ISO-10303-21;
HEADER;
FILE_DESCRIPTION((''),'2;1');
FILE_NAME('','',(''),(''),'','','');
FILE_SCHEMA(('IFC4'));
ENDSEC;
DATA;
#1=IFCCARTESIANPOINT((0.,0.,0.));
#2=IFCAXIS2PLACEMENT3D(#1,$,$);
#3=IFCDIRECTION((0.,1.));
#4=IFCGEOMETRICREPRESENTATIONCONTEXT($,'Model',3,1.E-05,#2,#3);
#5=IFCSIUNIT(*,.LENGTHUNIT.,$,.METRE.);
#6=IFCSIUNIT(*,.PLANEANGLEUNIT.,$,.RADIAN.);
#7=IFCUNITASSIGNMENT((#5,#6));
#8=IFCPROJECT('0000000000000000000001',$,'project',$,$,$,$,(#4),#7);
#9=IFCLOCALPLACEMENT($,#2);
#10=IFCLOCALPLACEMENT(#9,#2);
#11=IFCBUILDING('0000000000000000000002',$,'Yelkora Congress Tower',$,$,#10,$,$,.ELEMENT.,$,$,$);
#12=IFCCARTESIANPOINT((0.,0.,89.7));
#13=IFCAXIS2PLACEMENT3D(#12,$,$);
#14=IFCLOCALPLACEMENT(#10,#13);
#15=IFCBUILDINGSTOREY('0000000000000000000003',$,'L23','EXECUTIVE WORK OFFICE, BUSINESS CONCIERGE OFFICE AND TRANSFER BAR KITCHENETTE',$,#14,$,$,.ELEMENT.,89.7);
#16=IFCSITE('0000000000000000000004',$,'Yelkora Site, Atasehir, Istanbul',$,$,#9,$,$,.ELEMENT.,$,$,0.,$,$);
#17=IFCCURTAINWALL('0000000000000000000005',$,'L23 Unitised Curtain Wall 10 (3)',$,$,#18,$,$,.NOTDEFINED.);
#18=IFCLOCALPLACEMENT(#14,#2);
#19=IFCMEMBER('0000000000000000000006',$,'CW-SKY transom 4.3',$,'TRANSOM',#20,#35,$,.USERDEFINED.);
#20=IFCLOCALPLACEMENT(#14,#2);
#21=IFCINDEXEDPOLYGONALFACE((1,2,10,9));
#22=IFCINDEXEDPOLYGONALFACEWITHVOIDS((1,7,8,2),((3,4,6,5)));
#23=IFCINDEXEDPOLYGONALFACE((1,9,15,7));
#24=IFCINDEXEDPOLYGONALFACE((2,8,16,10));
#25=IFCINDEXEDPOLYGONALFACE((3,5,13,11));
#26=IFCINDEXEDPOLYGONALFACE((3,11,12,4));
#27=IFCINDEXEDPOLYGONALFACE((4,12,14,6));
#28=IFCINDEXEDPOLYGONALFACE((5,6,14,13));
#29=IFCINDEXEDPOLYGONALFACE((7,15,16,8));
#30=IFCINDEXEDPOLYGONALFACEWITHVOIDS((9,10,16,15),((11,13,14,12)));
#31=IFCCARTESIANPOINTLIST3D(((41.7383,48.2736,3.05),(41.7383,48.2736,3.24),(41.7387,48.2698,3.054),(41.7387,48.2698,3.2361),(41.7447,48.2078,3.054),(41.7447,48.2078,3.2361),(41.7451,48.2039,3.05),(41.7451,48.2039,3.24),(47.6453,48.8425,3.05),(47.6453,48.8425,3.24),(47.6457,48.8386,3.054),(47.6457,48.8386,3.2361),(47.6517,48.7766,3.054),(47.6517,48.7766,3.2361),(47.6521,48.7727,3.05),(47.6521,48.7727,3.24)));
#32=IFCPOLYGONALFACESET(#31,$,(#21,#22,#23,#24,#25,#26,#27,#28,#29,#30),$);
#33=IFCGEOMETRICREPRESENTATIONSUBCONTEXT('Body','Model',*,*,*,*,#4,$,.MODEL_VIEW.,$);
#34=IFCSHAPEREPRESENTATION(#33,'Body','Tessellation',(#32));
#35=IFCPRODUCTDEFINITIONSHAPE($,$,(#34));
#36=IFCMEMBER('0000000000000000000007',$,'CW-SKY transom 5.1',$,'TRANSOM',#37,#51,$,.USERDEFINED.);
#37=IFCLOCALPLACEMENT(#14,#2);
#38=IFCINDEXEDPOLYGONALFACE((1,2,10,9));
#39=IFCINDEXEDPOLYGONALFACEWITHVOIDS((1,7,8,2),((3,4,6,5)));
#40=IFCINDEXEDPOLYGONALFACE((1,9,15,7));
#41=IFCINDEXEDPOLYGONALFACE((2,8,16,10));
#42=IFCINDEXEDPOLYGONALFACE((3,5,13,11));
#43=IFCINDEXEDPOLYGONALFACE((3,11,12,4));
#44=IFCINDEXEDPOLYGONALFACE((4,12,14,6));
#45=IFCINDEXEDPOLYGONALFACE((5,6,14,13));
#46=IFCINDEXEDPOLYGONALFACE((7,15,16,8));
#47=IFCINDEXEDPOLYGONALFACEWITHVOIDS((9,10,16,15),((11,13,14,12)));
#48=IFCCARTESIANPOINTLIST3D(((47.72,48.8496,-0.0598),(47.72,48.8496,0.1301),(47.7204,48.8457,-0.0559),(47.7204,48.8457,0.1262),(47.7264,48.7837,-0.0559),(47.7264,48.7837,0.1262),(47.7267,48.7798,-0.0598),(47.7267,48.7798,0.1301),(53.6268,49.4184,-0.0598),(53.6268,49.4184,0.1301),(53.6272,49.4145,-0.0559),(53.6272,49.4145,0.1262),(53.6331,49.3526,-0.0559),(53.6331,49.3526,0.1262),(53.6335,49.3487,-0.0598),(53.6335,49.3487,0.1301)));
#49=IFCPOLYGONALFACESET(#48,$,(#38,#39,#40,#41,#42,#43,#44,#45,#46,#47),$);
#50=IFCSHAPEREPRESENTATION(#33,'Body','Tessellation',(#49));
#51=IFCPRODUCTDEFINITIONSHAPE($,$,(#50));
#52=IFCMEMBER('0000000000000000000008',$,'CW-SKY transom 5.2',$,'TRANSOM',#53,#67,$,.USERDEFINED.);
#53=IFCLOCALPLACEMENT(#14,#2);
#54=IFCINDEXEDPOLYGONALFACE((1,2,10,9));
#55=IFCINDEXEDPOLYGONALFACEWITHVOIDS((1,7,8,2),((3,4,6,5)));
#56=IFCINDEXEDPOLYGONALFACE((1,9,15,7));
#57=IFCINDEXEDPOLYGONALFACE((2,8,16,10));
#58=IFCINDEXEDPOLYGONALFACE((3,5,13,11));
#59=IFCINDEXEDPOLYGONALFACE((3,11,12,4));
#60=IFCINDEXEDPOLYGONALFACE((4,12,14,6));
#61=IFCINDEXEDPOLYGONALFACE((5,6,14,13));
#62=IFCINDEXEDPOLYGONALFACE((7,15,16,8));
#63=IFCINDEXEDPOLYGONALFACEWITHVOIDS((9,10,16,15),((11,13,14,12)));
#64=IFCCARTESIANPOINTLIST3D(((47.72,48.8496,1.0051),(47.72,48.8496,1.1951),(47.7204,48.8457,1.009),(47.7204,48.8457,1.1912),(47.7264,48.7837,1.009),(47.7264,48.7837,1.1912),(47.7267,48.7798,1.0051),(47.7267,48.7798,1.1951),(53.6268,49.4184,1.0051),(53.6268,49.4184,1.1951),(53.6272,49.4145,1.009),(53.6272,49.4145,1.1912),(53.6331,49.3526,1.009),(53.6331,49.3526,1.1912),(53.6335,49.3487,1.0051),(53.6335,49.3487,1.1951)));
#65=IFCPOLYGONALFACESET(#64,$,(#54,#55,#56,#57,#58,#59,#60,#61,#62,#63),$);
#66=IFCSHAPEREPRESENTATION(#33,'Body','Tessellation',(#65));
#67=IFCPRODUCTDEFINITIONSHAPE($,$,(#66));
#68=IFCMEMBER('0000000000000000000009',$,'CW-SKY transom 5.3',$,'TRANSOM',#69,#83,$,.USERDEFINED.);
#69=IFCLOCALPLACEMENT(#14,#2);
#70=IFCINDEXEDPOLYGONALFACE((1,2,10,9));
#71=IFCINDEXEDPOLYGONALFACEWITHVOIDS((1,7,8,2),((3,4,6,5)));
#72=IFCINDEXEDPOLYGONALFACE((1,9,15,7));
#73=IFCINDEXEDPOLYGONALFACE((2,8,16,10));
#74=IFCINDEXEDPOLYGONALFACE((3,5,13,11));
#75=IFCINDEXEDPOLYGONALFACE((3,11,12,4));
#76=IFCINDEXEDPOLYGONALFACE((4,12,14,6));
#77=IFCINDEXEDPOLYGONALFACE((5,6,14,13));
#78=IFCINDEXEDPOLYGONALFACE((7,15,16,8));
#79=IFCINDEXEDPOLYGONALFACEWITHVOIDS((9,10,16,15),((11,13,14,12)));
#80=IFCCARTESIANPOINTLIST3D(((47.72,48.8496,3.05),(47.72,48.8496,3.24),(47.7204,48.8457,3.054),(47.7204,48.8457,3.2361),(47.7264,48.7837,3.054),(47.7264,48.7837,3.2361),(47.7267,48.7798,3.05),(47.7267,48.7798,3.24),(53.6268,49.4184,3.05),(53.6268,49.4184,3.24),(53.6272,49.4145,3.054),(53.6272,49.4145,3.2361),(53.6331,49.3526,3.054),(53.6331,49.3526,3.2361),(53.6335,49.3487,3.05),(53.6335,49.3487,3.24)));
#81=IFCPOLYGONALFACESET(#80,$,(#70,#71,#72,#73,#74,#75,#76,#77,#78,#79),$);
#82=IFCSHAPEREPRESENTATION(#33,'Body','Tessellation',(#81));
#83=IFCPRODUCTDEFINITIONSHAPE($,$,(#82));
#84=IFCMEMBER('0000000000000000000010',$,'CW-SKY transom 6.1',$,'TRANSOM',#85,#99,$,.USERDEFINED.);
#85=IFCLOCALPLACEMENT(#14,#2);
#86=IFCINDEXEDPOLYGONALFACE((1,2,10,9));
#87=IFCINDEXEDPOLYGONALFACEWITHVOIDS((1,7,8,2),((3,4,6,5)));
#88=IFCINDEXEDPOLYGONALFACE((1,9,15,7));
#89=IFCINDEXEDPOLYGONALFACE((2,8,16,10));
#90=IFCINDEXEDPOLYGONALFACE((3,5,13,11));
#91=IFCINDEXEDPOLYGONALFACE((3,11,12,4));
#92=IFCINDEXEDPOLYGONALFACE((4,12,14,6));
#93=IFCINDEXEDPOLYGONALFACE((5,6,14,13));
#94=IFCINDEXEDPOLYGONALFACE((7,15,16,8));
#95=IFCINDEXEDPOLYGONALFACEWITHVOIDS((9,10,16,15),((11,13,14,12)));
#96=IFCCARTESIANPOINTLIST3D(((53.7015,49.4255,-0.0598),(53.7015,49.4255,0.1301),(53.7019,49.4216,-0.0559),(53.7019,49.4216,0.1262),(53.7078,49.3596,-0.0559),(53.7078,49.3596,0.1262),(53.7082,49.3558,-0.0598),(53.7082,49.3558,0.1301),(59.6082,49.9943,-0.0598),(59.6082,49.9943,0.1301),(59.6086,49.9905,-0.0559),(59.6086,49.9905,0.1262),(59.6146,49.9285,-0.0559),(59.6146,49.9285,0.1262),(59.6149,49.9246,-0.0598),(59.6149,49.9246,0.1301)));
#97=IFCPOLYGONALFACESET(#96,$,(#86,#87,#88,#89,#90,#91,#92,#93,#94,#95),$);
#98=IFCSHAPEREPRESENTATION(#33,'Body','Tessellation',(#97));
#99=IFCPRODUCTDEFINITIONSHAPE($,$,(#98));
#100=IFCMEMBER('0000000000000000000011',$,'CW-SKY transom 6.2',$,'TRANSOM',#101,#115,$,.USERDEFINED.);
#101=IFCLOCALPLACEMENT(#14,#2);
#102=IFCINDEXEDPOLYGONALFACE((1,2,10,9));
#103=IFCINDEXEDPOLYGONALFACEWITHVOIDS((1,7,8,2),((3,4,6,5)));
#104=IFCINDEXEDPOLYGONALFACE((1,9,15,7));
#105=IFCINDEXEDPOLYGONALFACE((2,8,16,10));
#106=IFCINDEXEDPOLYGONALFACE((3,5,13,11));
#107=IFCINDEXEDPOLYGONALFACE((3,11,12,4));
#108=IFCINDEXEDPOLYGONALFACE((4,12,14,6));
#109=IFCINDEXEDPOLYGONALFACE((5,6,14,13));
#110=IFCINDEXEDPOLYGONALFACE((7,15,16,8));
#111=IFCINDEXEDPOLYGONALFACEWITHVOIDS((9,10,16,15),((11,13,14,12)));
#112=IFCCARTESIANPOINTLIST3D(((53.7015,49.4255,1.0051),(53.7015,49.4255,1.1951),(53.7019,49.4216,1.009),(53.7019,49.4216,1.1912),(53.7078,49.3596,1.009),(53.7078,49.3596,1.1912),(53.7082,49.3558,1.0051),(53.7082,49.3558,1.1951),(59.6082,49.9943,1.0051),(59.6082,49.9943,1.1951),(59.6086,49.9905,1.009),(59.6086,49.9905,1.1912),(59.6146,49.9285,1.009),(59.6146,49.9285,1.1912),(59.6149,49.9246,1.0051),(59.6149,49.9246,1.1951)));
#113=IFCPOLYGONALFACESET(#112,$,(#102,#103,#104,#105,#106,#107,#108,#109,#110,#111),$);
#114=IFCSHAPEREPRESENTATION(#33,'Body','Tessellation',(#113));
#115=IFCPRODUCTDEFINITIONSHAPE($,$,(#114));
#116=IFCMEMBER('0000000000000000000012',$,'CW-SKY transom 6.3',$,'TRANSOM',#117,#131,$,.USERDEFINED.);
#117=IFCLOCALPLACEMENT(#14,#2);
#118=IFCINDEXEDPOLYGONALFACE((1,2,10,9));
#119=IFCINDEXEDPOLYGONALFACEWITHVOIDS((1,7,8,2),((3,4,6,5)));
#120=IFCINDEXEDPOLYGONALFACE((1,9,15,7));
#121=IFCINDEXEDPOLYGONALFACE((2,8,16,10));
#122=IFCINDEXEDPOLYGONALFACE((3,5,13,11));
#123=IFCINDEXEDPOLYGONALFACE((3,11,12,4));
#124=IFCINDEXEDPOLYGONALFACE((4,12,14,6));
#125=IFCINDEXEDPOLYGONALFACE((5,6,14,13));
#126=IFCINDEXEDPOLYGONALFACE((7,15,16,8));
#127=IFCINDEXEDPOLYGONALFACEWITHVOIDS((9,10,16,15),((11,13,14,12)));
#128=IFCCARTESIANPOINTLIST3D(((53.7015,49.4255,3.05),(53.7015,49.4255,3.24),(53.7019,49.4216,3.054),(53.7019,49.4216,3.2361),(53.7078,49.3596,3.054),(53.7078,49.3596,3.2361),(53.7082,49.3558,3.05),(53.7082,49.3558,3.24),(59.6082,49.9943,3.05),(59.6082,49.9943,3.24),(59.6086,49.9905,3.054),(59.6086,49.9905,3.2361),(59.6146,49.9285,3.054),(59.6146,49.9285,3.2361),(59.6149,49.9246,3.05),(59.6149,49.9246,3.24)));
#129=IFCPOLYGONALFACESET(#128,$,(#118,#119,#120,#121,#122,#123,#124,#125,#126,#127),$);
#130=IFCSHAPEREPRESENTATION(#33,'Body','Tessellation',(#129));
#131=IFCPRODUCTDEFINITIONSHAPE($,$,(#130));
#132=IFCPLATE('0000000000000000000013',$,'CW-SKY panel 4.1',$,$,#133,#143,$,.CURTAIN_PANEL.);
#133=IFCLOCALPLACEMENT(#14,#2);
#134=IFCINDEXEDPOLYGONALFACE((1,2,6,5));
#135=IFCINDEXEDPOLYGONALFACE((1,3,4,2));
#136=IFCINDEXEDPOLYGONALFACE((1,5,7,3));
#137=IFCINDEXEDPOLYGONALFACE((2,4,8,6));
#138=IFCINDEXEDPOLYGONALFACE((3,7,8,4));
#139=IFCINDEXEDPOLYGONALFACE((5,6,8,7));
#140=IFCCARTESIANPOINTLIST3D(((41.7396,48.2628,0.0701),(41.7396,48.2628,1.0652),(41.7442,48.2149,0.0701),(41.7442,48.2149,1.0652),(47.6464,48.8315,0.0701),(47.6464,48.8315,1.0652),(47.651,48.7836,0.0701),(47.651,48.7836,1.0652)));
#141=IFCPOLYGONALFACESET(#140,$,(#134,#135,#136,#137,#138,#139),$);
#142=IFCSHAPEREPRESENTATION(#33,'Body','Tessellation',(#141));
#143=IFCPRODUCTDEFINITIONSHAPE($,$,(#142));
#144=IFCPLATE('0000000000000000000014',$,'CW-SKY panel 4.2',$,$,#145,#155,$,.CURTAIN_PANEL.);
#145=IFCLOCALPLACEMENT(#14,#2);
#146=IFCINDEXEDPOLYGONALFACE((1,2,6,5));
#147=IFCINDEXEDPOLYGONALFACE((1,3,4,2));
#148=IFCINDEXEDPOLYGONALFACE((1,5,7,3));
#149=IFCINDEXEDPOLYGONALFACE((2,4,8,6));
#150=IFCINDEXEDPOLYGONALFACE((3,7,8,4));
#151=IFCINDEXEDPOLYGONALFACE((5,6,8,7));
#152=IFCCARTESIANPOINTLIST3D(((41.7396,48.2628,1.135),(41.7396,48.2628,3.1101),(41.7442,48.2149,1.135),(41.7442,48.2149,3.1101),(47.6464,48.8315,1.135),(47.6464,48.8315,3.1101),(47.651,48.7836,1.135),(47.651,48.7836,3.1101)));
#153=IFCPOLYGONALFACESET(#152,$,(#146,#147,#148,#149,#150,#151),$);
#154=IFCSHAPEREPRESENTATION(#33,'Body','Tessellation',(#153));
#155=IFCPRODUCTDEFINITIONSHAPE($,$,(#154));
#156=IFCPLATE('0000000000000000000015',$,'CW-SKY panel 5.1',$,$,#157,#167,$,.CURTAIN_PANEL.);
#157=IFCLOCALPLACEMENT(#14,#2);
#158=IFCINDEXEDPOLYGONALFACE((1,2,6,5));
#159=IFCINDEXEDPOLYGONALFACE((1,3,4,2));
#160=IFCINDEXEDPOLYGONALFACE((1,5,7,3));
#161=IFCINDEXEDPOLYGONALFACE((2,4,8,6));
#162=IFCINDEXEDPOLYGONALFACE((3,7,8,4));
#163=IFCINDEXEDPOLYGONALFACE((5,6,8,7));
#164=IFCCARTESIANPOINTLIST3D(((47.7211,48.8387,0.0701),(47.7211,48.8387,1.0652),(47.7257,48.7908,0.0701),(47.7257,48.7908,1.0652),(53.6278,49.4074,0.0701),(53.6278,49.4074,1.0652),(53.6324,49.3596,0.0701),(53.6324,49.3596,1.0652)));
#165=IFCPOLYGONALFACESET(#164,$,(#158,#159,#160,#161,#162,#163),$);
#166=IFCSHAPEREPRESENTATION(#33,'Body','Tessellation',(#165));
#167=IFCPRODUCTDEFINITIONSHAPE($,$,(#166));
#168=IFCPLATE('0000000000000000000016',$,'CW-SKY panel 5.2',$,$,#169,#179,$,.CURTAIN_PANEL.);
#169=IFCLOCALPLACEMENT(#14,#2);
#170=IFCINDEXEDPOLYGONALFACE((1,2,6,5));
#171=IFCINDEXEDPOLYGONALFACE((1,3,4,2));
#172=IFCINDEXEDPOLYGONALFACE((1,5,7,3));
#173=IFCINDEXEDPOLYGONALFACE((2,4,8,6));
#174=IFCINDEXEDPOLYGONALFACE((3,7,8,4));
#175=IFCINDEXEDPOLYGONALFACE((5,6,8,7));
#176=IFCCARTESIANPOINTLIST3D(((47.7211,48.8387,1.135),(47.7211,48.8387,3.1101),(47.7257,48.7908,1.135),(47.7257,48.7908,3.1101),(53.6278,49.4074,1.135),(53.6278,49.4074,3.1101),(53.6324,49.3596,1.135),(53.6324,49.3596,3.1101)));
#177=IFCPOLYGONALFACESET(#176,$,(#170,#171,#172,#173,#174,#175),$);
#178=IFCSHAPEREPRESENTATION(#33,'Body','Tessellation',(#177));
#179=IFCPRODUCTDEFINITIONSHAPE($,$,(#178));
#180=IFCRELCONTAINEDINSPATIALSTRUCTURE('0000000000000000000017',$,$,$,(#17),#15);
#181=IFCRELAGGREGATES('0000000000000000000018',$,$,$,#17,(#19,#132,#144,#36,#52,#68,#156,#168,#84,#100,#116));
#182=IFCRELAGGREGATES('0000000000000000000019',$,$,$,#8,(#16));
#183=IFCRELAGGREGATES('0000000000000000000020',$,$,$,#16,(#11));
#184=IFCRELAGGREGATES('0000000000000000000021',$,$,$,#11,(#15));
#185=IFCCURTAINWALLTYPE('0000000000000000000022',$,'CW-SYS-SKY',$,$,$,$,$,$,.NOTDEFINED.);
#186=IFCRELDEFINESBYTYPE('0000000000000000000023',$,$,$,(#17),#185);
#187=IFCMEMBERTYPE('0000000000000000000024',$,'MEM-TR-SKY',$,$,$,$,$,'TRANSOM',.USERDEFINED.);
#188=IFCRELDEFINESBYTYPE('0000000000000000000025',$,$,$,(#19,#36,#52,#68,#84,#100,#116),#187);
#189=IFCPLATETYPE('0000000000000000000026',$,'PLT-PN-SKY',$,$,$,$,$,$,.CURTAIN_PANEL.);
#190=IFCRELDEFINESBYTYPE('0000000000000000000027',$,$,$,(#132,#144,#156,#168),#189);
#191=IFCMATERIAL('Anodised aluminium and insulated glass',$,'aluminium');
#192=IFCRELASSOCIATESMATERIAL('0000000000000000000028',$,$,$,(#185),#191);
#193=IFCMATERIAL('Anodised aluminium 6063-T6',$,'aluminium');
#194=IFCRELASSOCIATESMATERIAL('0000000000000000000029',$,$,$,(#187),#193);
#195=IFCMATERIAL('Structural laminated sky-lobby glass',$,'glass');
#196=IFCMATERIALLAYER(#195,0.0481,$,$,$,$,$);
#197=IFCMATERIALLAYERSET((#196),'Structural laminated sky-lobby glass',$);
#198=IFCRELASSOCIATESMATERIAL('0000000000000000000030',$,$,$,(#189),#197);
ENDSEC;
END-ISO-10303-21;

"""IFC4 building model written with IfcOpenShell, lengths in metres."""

from ifc_helpers import new_model, si_unit, direction, frame, origin, origin_2d, place, context, subcontext, project, spatial, rectangle, hollow_rectangle, extrude, material, layer, layer_set, material_profile, profile_set, type_object, element, aggregate, save


model = new_model("IFC4")

# Units and contexts
model_context = context("Model", 3, precision=1e-05, world=origin(), true_north=direction((0.0, 1.0)))
body_context = subcontext(model_context, "Body", "Model", "MODEL_VIEW")
ifc_project = project(units=[si_unit("LENGTHUNIT", "METRE"), si_unit("PLANEANGLEUNIT", "RADIAN")], contexts=[model_context])

# Site, building, storey
site_placement = place(None, origin())
site = spatial("IfcSite", under=ifc_project, at=site_placement, Name="Yelkora Site, Atasehir, Istanbul", CompositionType="ELEMENT", RefElevation=0.0)
building_placement = place(site_placement, origin())
building = spatial("IfcBuilding", under=site, at=building_placement, Name="Yelkora Congress Tower", CompositionType="ELEMENT")
storey_placement = place(building_placement, frame((0.0, 0.0, 89.7)))
storey = spatial("IfcBuildingStorey", under=building, at=storey_placement, Name="L23", Description="EXECUTIVE WORK OFFICE, BUSINESS CONCIERGE OFFICE AND TRANSFER BAR KITCHENETTE", CompositionType="ELEMENT", Elevation=89.7)

# Curtain wall, members, plates
ifc_material_1 = material(Name="Anodised aluminium and insulated glass", Category="aluminium")
curtain_wall_type = type_object("IfcCurtainWallType", Name="CW-SYS-SKY", PredefinedType="NOTDEFINED", material=ifc_material_1)
curtain_wall_placement = place(storey_placement, origin())
curtain_wall = element("IfcCurtainWall", 1, at=curtain_wall_placement, inside=storey, type_object=curtain_wall_type, Name="L23 Unitised Curtain Wall 10 (3)", PredefinedType="NOTDEFINED")
ifc_material_2 = material(Name="Anodised aluminium 6063-T6", Category="aluminium")
ifc_material_profile_1 = material_profile(ifc_material_2, hollow_rectangle(XDim=0.0701, YDim=0.1899, WallThickness=0.0039, at=origin_2d()), Name="ALU 70x190x4")
ifc_profile_set_1 = profile_set([ifc_material_profile_1], Name="Anodised aluminium 6063-T6")
member_type_1 = type_object("IfcMemberType", Name="MEM-TR-SKY", ElementType="TRANSOM", PredefinedType="USERDEFINED", material=ifc_profile_set_1)
member_1_placement = place(storey_placement, frame((41.7417, 48.2388, 3.145), z_axis=(0.995395, 0.095857, 0.0), x_axis=(-0.095857, 0.995395, 0.0)))
member_1 = element("IfcMember", 2, at=member_1_placement, type_object=member_type_1, Name="CW-SKY transom 4.3", ObjectType="TRANSOM", PredefinedType="USERDEFINED", context=body_context, shape_type="SweptSolid", body=[
    extrude(hollow_rectangle(XDim=0.0701, YDim=0.1899, WallThickness=0.0039, at=origin_2d()), origin(), (0.0, 0.0, 1.0), 5.9343),
])
member_2_placement = place(storey_placement, frame((47.7234, 48.8147, 0.0352), z_axis=(0.995395, 0.095861, 0.0), x_axis=(-0.095861, 0.995395, 0.0)))
member_2 = element("IfcMember", 3, at=member_2_placement, type_object=member_type_1, Name="CW-SKY transom 5.1", ObjectType="TRANSOM", PredefinedType="USERDEFINED", context=body_context, shape_type="SweptSolid", body=[
    extrude(hollow_rectangle(XDim=0.0701, YDim=0.1899, WallThickness=0.0039, at=origin_2d()), origin(), (0.0, 0.0, 1.0), 5.9341),
])
member_3_placement = place(storey_placement, frame((47.7234, 48.8147, 1.1001), z_axis=(0.995395, 0.095861, 0.0), x_axis=(-0.095861, 0.995395, 0.0)))
member_3 = element("IfcMember", 4, at=member_3_placement, type_object=member_type_1, Name="CW-SKY transom 5.2", ObjectType="TRANSOM", PredefinedType="USERDEFINED", context=body_context, shape_type="SweptSolid", body=[
    extrude(hollow_rectangle(XDim=0.0701, YDim=0.1899, WallThickness=0.0039, at=origin_2d()), origin(), (0.0, 0.0, 1.0), 5.9341),
])
member_4_placement = place(storey_placement, frame((47.7234, 48.8147, 3.145), z_axis=(0.995395, 0.095861, 0.0), x_axis=(-0.095861, 0.995395, 0.0)))
member_4 = element("IfcMember", 5, at=member_4_placement, type_object=member_type_1, Name="CW-SKY transom 5.3", ObjectType="TRANSOM", PredefinedType="USERDEFINED", context=body_context, shape_type="SweptSolid", body=[
    extrude(hollow_rectangle(XDim=0.0701, YDim=0.1899, WallThickness=0.0039, at=origin_2d()), origin(), (0.0, 0.0, 1.0), 5.9341),
])
member_5_placement = place(storey_placement, frame((53.7048, 49.3906, 0.0352), z_axis=(0.995395, 0.095861, 0.0), x_axis=(-0.095861, 0.995395, 0.0)))
member_5 = element("IfcMember", 6, at=member_5_placement, type_object=member_type_1, Name="CW-SKY transom 6.1", ObjectType="TRANSOM", PredefinedType="USERDEFINED", context=body_context, shape_type="SweptSolid", body=[
    extrude(hollow_rectangle(XDim=0.0701, YDim=0.1899, WallThickness=0.0039, at=origin_2d()), origin(), (0.0, 0.0, 1.0), 5.9341),
])
member_6_placement = place(storey_placement, frame((53.7048, 49.3906, 1.1001), z_axis=(0.995395, 0.095861, 0.0), x_axis=(-0.095861, 0.995395, 0.0)))
member_6 = element("IfcMember", 7, at=member_6_placement, type_object=member_type_1, Name="CW-SKY transom 6.2", ObjectType="TRANSOM", PredefinedType="USERDEFINED", context=body_context, shape_type="SweptSolid", body=[
    extrude(hollow_rectangle(XDim=0.0701, YDim=0.1899, WallThickness=0.0039, at=origin_2d()), origin(), (0.0, 0.0, 1.0), 5.9341),
])
member_7_placement = place(storey_placement, frame((53.7048, 49.3906, 3.145), z_axis=(0.995395, 0.095861, 0.0), x_axis=(-0.095861, 0.995395, 0.0)))
member_7 = element("IfcMember", 8, at=member_7_placement, type_object=member_type_1, Name="CW-SKY transom 6.3", ObjectType="TRANSOM", PredefinedType="USERDEFINED", context=body_context, shape_type="SweptSolid", body=[
    extrude(hollow_rectangle(XDim=0.0701, YDim=0.1899, WallThickness=0.0039, at=origin_2d()), origin(), (0.0, 0.0, 1.0), 5.9341),
])
ifc_material_3 = material(Name="Structural laminated sky-lobby glass", Category="glass")
ifc_layer_1 = layer(ifc_material_3, 0.0481)
ifc_layer_set_1 = layer_set([ifc_layer_1], Name="Structural laminated sky-lobby glass")
plate_type = type_object("IfcPlateType", Name="PLT-PN-SKY", PredefinedType="CURTAIN_PANEL", material=ifc_layer_set_1)
plate_1_placement = place(storey_placement, frame((44.6953, 48.5232, 0.0701), z_axis=(0.0, 0.0, 1.0), x_axis=(0.995396, 0.095845, 0.0)))
plate_1 = element("IfcPlate", 9, at=plate_1_placement, type_object=plate_type, Name="CW-SKY panel 4.1", PredefinedType="CURTAIN_PANEL", context=body_context, shape_type="SweptSolid", body=[
    extrude(rectangle(XDim=5.9341, YDim=0.0481, at=origin_2d()), origin(), (0.0, 0.0, 1.0), 0.9951),
])
plate_2_placement = place(storey_placement, frame((44.6953, 48.5232, 1.135), z_axis=(0.0, 0.0, 1.0), x_axis=(0.995396, 0.095845, 0.0)))
plate_2 = element("IfcPlate", 10, at=plate_2_placement, type_object=plate_type, Name="CW-SKY panel 4.2", PredefinedType="CURTAIN_PANEL", context=body_context, shape_type="SweptSolid", body=[
    extrude(rectangle(XDim=5.9341, YDim=0.0481, at=origin_2d()), origin(), (0.0, 0.0, 1.0), 1.9751),
])
plate_3_placement = place(storey_placement, frame((50.6768, 49.0991, 0.0701), z_axis=(0.0, 0.0, 1.0), x_axis=(0.995396, 0.095845, 0.0)))
plate_3 = element("IfcPlate", 11, at=plate_3_placement, type_object=plate_type, Name="CW-SKY panel 5.1", PredefinedType="CURTAIN_PANEL", context=body_context, shape_type="SweptSolid", body=[
    extrude(rectangle(XDim=5.9341, YDim=0.0481, at=origin_2d()), origin(), (0.0, 0.0, 1.0), 0.9951),
])
plate_4_placement = place(storey_placement, frame((50.6768, 49.0991, 1.135), z_axis=(0.0, 0.0, 1.0), x_axis=(0.995396, 0.095845, 0.0)))
plate_4 = element("IfcPlate", 12, at=plate_4_placement, type_object=plate_type, Name="CW-SKY panel 5.2", PredefinedType="CURTAIN_PANEL", context=body_context, shape_type="SweptSolid", body=[
    extrude(rectangle(XDim=5.9341, YDim=0.0481, at=origin_2d()), origin(), (0.0, 0.0, 1.0), 1.9751),
])
aggregate(curtain_wall, [member_1, plate_1, plate_2, member_2, member_3, member_4, plate_3, plate_4, member_5, member_6, member_7])

save(model, "model.ifc")
